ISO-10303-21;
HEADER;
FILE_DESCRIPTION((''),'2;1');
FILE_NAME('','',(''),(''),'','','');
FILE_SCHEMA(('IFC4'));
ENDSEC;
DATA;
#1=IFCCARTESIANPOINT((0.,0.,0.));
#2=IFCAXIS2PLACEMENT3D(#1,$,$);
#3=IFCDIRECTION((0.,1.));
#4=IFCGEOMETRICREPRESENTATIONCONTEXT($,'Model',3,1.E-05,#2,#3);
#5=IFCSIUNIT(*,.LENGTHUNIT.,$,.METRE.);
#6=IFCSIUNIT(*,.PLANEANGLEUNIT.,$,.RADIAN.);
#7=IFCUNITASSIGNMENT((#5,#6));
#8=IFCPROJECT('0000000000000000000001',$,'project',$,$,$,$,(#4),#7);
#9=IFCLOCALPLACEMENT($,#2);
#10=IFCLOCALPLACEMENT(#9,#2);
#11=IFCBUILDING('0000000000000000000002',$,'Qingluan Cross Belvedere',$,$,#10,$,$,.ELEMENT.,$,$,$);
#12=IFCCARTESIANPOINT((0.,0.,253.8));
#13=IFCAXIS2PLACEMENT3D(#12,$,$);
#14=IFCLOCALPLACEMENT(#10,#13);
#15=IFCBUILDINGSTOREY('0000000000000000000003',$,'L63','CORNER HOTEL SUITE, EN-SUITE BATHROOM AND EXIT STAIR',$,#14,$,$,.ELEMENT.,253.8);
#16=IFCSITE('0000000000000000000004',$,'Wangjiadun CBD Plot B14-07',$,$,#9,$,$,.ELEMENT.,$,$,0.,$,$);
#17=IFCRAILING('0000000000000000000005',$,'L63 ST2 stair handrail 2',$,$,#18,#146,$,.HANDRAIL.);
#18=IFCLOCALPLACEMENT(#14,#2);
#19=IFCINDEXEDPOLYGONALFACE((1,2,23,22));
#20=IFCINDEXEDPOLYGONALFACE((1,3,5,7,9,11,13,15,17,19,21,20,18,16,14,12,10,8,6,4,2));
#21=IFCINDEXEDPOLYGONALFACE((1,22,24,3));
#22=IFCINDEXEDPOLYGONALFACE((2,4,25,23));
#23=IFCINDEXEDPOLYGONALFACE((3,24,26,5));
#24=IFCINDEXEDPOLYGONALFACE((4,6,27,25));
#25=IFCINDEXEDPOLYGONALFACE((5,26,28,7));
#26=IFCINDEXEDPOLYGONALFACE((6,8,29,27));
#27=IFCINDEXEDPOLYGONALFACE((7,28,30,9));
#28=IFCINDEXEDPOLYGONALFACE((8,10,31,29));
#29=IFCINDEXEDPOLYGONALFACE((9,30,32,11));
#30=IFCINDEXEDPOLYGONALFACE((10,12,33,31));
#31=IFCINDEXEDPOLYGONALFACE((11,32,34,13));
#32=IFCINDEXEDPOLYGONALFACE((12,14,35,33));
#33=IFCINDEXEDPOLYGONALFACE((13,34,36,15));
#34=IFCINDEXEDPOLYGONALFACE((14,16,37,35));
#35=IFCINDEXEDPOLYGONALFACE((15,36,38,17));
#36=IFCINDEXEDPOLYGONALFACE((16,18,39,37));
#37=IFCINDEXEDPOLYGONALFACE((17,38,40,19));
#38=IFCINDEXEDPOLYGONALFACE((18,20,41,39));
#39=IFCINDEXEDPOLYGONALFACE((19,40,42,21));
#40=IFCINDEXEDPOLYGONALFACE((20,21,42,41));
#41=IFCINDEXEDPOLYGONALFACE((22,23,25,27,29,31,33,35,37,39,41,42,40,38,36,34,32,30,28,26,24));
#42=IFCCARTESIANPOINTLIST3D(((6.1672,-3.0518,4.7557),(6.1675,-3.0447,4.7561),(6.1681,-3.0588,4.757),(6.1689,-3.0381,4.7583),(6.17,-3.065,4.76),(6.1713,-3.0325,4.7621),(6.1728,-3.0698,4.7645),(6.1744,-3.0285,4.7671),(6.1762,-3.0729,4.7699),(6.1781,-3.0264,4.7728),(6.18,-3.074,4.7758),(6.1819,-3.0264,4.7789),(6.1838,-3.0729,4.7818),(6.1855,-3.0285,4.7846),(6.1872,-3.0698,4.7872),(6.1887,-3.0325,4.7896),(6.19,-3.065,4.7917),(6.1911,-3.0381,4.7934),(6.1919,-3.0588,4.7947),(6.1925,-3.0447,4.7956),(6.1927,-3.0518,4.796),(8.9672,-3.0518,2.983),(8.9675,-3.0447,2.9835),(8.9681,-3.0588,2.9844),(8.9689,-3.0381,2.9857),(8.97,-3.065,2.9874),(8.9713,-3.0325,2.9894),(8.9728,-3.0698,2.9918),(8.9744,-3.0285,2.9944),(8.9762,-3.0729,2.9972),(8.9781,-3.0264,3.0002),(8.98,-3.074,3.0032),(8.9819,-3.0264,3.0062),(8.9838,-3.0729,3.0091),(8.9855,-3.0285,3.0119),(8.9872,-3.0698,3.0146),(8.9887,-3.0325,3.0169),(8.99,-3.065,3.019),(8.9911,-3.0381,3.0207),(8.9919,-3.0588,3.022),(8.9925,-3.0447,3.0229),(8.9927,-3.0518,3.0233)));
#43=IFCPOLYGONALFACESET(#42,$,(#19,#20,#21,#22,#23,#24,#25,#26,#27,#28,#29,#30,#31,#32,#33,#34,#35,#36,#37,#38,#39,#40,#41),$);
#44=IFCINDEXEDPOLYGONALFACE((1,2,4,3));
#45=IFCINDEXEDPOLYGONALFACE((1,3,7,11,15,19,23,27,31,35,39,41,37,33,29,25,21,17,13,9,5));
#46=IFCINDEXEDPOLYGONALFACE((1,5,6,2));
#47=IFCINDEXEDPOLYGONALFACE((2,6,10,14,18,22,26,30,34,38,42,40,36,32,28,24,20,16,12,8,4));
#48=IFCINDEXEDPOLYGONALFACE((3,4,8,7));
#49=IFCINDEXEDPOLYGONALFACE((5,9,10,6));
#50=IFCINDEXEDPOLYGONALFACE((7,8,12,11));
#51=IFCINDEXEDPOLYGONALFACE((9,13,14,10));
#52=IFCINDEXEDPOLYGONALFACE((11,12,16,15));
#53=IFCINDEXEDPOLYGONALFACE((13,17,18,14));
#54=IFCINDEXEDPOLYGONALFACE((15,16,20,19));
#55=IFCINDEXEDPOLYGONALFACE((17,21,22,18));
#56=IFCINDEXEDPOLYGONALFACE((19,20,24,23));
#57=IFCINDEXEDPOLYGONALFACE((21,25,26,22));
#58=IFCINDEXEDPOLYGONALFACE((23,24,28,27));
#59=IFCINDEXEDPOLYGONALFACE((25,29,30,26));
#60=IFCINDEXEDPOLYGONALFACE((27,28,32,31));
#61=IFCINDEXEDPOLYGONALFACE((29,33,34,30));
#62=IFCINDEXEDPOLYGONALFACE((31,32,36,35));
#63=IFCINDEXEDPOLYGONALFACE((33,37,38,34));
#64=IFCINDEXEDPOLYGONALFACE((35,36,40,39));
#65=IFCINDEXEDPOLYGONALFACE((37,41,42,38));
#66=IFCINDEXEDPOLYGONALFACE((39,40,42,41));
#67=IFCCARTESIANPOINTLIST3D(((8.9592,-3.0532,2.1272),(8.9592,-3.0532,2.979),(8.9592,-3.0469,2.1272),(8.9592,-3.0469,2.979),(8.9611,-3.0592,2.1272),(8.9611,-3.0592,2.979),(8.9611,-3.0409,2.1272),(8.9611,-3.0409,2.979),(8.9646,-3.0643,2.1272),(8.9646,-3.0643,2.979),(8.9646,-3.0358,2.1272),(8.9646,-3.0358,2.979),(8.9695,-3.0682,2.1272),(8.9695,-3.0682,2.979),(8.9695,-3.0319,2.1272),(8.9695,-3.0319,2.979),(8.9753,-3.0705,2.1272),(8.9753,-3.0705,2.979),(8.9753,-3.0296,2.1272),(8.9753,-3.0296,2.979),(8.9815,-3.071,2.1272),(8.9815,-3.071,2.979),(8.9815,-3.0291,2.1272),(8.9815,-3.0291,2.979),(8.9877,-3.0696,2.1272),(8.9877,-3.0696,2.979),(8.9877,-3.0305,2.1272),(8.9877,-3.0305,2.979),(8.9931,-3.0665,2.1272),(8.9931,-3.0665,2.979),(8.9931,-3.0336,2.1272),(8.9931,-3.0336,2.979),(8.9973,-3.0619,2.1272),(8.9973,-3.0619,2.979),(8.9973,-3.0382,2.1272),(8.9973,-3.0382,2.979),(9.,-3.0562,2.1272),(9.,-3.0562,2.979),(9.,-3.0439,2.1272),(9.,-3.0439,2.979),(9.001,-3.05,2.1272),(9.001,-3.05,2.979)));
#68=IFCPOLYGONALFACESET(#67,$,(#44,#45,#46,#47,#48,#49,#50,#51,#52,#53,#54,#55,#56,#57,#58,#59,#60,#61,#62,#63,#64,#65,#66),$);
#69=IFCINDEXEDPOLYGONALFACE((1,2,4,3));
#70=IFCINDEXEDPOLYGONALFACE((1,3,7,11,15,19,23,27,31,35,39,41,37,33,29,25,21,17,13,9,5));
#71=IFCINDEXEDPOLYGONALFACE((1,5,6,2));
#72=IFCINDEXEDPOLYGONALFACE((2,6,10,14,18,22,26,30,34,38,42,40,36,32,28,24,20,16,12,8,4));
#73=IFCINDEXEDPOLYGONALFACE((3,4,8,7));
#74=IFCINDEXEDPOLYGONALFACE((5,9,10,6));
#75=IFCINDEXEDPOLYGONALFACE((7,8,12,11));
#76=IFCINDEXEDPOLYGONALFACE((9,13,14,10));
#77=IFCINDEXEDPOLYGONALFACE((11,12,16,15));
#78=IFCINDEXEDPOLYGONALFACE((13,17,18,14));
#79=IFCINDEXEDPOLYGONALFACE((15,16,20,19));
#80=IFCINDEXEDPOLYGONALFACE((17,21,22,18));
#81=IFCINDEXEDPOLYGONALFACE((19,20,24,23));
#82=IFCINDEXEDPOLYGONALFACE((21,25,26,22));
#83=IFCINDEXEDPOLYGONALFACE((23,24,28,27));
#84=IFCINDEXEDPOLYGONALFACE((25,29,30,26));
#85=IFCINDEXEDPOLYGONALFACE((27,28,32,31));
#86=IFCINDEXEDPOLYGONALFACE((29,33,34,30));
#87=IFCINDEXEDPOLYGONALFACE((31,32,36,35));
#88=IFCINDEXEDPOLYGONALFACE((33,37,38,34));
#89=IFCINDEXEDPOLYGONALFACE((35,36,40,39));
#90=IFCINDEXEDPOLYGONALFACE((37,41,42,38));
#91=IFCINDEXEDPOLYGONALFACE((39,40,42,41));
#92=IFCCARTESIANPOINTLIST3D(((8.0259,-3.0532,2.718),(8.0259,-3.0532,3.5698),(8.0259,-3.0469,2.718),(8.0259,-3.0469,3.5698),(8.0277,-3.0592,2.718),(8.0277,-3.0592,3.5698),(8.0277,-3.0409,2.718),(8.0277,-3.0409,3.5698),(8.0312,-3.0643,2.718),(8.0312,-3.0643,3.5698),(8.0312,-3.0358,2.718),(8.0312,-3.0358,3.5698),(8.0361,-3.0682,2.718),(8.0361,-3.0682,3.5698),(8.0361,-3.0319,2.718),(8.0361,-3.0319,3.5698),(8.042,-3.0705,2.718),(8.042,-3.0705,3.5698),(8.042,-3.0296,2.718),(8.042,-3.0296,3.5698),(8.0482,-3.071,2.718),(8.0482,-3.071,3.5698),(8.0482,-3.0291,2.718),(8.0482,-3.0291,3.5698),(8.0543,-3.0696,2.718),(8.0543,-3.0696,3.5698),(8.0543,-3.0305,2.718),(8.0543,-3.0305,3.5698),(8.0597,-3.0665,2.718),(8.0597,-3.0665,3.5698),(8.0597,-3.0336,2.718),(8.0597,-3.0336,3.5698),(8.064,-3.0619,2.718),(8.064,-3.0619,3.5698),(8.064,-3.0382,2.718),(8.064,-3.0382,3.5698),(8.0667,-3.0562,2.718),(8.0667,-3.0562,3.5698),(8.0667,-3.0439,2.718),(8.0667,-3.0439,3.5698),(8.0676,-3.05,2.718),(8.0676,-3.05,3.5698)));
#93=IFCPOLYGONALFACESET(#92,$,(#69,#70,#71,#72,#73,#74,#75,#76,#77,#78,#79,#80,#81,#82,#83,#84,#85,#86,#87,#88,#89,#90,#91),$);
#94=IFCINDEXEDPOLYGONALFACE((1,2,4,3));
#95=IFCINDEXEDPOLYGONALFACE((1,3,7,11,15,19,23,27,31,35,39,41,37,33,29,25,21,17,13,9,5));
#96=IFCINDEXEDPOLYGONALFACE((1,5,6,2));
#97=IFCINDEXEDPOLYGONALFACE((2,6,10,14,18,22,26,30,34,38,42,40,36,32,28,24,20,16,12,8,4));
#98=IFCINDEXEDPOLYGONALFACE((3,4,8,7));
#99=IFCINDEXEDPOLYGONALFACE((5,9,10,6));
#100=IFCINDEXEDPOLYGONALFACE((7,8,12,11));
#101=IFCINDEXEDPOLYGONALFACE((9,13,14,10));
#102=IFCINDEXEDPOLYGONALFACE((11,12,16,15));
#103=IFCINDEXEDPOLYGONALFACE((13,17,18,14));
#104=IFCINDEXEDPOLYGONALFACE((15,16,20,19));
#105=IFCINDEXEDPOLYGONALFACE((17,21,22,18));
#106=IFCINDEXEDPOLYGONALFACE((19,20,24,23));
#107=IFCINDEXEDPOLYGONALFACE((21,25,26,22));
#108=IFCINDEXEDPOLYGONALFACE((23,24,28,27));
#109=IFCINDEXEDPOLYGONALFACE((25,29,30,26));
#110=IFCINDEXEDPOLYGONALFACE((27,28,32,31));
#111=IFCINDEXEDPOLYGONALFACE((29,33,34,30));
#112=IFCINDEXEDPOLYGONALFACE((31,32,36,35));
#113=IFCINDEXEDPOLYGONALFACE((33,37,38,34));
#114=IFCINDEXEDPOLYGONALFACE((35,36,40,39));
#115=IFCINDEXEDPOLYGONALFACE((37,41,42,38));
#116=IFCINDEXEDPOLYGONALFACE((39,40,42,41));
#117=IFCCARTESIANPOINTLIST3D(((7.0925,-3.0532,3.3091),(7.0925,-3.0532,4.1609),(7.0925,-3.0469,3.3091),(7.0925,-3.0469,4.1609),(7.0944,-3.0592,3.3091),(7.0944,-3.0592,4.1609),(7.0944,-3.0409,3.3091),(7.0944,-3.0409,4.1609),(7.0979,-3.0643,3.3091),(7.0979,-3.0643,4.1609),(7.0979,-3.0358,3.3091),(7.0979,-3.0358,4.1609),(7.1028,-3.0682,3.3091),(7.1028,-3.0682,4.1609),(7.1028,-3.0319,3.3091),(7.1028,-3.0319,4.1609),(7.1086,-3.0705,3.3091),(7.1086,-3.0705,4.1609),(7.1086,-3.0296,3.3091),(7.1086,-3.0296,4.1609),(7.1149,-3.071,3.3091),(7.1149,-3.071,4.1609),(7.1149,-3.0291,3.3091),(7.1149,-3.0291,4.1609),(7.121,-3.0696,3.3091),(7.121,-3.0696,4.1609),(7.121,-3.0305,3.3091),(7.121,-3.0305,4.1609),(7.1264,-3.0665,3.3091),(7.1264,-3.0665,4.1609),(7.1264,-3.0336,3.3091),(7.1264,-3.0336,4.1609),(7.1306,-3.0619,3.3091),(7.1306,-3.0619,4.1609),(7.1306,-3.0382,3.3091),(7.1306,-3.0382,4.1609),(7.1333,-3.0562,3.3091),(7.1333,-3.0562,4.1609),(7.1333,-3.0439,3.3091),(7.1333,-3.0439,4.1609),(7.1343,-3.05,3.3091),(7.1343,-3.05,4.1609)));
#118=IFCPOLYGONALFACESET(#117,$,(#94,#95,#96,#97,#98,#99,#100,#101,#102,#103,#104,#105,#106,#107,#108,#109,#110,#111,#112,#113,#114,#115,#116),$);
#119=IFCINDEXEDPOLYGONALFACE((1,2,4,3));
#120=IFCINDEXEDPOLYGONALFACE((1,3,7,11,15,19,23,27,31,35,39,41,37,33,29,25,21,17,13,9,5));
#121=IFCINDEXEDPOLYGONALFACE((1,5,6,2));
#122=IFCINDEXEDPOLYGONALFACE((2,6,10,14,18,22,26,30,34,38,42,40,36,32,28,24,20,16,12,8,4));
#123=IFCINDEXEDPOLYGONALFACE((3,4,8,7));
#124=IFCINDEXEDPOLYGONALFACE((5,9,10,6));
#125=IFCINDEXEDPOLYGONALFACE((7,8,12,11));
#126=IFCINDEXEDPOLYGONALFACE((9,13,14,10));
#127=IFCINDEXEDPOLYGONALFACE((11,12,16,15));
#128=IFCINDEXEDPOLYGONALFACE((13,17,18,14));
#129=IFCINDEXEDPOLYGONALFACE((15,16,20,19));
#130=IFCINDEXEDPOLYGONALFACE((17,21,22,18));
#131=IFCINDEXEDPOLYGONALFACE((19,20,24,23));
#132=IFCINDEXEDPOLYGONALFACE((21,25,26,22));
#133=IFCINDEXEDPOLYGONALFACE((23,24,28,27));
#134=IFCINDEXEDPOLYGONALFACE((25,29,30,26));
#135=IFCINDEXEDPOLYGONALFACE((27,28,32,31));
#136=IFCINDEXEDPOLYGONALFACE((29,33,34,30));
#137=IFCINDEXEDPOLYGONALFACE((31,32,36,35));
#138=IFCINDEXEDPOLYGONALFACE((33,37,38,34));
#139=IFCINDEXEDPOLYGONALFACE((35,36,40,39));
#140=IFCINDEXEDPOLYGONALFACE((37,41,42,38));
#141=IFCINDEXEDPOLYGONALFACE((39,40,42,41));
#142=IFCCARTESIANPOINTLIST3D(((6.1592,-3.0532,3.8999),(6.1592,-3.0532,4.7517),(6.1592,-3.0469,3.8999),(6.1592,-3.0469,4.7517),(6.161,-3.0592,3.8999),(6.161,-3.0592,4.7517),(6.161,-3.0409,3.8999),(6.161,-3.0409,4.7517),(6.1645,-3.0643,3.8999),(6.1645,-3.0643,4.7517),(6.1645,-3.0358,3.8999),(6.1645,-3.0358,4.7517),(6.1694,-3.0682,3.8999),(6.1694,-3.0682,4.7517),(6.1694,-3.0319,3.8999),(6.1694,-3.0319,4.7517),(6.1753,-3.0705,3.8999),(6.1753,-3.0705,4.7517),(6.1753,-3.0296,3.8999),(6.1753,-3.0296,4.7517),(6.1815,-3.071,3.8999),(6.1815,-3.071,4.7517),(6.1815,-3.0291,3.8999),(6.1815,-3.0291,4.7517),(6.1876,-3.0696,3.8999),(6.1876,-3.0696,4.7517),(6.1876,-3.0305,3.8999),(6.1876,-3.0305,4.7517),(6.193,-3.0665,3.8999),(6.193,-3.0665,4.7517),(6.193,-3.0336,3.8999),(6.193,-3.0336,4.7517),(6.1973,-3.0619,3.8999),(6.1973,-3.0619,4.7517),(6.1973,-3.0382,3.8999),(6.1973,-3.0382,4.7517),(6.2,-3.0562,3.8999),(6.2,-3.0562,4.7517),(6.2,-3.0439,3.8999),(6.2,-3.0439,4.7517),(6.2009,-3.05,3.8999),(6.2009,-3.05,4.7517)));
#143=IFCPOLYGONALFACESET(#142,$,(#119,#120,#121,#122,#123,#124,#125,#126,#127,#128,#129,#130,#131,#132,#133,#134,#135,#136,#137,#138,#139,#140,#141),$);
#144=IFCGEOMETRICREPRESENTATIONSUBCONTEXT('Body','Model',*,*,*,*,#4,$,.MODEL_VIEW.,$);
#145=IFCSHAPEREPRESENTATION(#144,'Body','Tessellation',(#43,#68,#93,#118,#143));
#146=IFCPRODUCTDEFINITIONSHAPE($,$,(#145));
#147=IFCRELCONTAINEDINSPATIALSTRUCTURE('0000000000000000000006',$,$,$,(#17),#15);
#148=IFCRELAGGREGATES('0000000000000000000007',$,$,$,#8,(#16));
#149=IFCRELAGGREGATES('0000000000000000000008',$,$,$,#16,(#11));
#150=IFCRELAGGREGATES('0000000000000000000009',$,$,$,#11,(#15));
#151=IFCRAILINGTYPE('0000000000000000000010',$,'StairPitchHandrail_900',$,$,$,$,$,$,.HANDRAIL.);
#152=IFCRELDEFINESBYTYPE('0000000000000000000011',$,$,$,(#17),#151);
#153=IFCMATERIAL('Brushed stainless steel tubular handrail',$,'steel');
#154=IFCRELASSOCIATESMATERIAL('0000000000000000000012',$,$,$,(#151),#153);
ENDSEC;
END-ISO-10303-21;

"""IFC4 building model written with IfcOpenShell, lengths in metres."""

from ifc_helpers import new_model, si_unit, direction, frame, origin, origin_2d, place, context, subcontext, project, spatial, circle, extrude, material, type_object, element, save


model = new_model("IFC4")

# Units and contexts
model_context = context("Model", 3, precision=1e-05, world=origin(), true_north=direction((0.0, 1.0)))
body_context = subcontext(model_context, "Body", "Model", "MODEL_VIEW")
ifc_project = project(units=[si_unit("LENGTHUNIT", "METRE"), si_unit("PLANEANGLEUNIT", "RADIAN")], contexts=[model_context])

# Site, building, storey
site_placement = place(None, origin())
site = spatial("IfcSite", under=ifc_project, at=site_placement, Name="Wangjiadun CBD Plot B14-07", CompositionType="ELEMENT", RefElevation=0.0)
building_placement = place(site_placement, origin())
building = spatial("IfcBuilding", under=site, at=building_placement, Name="Qingluan Cross Belvedere", CompositionType="ELEMENT")
storey_placement = place(building_placement, frame((0.0, 0.0, 253.8)))
storey = spatial("IfcBuildingStorey", under=building, at=storey_placement, Name="L63", Description="CORNER HOTEL SUITE, EN-SUITE BATHROOM AND EXIT STAIR", CompositionType="ELEMENT", Elevation=253.8)

# Railing
ifc_material_1 = material(Name="Brushed stainless steel tubular handrail", Category="steel")
railing_type_1 = type_object("IfcRailingType", Name="StairPitchHandrail_900", PredefinedType="HANDRAIL", material=ifc_material_1)
railing_1_placement = place(storey_placement, frame((8.98, -3.05, 2.1272)))
element("IfcRailing", 1, at=railing_1_placement, inside=storey, type_object=railing_type_1, Name="L63 ST2 stair handrail 2", PredefinedType="HANDRAIL", context=body_context, shape_type="SweptSolid", body=[
    extrude(circle(Radius=0.0239, at=origin_2d()), frame((0.0, 0.0, 0.876), z_axis=(-0.844909, 0.0, 0.53491), x_axis=(0.0, -1.0, 0.0)), (0.0, 0.0, 1.0), 3.314),
    extrude(circle(Radius=0.021, at=origin_2d()), origin(), (0.0, 0.0, 1.0), 0.8518),
    extrude(circle(Radius=0.021, at=origin_2d()), frame((-0.9333, 0.0, 0.5908)), (0.0, 0.0, 1.0), 0.8518),
    extrude(circle(Radius=0.021, at=origin_2d()), frame((-1.8667, 0.0, 1.1819)), (0.0, 0.0, 1.0), 0.8518),
    extrude(circle(Radius=0.021, at=origin_2d()), frame((-2.8, 0.0, 1.7727)), (0.0, 0.0, 1.0), 0.8518),
])

save(model, "model.ifc")
